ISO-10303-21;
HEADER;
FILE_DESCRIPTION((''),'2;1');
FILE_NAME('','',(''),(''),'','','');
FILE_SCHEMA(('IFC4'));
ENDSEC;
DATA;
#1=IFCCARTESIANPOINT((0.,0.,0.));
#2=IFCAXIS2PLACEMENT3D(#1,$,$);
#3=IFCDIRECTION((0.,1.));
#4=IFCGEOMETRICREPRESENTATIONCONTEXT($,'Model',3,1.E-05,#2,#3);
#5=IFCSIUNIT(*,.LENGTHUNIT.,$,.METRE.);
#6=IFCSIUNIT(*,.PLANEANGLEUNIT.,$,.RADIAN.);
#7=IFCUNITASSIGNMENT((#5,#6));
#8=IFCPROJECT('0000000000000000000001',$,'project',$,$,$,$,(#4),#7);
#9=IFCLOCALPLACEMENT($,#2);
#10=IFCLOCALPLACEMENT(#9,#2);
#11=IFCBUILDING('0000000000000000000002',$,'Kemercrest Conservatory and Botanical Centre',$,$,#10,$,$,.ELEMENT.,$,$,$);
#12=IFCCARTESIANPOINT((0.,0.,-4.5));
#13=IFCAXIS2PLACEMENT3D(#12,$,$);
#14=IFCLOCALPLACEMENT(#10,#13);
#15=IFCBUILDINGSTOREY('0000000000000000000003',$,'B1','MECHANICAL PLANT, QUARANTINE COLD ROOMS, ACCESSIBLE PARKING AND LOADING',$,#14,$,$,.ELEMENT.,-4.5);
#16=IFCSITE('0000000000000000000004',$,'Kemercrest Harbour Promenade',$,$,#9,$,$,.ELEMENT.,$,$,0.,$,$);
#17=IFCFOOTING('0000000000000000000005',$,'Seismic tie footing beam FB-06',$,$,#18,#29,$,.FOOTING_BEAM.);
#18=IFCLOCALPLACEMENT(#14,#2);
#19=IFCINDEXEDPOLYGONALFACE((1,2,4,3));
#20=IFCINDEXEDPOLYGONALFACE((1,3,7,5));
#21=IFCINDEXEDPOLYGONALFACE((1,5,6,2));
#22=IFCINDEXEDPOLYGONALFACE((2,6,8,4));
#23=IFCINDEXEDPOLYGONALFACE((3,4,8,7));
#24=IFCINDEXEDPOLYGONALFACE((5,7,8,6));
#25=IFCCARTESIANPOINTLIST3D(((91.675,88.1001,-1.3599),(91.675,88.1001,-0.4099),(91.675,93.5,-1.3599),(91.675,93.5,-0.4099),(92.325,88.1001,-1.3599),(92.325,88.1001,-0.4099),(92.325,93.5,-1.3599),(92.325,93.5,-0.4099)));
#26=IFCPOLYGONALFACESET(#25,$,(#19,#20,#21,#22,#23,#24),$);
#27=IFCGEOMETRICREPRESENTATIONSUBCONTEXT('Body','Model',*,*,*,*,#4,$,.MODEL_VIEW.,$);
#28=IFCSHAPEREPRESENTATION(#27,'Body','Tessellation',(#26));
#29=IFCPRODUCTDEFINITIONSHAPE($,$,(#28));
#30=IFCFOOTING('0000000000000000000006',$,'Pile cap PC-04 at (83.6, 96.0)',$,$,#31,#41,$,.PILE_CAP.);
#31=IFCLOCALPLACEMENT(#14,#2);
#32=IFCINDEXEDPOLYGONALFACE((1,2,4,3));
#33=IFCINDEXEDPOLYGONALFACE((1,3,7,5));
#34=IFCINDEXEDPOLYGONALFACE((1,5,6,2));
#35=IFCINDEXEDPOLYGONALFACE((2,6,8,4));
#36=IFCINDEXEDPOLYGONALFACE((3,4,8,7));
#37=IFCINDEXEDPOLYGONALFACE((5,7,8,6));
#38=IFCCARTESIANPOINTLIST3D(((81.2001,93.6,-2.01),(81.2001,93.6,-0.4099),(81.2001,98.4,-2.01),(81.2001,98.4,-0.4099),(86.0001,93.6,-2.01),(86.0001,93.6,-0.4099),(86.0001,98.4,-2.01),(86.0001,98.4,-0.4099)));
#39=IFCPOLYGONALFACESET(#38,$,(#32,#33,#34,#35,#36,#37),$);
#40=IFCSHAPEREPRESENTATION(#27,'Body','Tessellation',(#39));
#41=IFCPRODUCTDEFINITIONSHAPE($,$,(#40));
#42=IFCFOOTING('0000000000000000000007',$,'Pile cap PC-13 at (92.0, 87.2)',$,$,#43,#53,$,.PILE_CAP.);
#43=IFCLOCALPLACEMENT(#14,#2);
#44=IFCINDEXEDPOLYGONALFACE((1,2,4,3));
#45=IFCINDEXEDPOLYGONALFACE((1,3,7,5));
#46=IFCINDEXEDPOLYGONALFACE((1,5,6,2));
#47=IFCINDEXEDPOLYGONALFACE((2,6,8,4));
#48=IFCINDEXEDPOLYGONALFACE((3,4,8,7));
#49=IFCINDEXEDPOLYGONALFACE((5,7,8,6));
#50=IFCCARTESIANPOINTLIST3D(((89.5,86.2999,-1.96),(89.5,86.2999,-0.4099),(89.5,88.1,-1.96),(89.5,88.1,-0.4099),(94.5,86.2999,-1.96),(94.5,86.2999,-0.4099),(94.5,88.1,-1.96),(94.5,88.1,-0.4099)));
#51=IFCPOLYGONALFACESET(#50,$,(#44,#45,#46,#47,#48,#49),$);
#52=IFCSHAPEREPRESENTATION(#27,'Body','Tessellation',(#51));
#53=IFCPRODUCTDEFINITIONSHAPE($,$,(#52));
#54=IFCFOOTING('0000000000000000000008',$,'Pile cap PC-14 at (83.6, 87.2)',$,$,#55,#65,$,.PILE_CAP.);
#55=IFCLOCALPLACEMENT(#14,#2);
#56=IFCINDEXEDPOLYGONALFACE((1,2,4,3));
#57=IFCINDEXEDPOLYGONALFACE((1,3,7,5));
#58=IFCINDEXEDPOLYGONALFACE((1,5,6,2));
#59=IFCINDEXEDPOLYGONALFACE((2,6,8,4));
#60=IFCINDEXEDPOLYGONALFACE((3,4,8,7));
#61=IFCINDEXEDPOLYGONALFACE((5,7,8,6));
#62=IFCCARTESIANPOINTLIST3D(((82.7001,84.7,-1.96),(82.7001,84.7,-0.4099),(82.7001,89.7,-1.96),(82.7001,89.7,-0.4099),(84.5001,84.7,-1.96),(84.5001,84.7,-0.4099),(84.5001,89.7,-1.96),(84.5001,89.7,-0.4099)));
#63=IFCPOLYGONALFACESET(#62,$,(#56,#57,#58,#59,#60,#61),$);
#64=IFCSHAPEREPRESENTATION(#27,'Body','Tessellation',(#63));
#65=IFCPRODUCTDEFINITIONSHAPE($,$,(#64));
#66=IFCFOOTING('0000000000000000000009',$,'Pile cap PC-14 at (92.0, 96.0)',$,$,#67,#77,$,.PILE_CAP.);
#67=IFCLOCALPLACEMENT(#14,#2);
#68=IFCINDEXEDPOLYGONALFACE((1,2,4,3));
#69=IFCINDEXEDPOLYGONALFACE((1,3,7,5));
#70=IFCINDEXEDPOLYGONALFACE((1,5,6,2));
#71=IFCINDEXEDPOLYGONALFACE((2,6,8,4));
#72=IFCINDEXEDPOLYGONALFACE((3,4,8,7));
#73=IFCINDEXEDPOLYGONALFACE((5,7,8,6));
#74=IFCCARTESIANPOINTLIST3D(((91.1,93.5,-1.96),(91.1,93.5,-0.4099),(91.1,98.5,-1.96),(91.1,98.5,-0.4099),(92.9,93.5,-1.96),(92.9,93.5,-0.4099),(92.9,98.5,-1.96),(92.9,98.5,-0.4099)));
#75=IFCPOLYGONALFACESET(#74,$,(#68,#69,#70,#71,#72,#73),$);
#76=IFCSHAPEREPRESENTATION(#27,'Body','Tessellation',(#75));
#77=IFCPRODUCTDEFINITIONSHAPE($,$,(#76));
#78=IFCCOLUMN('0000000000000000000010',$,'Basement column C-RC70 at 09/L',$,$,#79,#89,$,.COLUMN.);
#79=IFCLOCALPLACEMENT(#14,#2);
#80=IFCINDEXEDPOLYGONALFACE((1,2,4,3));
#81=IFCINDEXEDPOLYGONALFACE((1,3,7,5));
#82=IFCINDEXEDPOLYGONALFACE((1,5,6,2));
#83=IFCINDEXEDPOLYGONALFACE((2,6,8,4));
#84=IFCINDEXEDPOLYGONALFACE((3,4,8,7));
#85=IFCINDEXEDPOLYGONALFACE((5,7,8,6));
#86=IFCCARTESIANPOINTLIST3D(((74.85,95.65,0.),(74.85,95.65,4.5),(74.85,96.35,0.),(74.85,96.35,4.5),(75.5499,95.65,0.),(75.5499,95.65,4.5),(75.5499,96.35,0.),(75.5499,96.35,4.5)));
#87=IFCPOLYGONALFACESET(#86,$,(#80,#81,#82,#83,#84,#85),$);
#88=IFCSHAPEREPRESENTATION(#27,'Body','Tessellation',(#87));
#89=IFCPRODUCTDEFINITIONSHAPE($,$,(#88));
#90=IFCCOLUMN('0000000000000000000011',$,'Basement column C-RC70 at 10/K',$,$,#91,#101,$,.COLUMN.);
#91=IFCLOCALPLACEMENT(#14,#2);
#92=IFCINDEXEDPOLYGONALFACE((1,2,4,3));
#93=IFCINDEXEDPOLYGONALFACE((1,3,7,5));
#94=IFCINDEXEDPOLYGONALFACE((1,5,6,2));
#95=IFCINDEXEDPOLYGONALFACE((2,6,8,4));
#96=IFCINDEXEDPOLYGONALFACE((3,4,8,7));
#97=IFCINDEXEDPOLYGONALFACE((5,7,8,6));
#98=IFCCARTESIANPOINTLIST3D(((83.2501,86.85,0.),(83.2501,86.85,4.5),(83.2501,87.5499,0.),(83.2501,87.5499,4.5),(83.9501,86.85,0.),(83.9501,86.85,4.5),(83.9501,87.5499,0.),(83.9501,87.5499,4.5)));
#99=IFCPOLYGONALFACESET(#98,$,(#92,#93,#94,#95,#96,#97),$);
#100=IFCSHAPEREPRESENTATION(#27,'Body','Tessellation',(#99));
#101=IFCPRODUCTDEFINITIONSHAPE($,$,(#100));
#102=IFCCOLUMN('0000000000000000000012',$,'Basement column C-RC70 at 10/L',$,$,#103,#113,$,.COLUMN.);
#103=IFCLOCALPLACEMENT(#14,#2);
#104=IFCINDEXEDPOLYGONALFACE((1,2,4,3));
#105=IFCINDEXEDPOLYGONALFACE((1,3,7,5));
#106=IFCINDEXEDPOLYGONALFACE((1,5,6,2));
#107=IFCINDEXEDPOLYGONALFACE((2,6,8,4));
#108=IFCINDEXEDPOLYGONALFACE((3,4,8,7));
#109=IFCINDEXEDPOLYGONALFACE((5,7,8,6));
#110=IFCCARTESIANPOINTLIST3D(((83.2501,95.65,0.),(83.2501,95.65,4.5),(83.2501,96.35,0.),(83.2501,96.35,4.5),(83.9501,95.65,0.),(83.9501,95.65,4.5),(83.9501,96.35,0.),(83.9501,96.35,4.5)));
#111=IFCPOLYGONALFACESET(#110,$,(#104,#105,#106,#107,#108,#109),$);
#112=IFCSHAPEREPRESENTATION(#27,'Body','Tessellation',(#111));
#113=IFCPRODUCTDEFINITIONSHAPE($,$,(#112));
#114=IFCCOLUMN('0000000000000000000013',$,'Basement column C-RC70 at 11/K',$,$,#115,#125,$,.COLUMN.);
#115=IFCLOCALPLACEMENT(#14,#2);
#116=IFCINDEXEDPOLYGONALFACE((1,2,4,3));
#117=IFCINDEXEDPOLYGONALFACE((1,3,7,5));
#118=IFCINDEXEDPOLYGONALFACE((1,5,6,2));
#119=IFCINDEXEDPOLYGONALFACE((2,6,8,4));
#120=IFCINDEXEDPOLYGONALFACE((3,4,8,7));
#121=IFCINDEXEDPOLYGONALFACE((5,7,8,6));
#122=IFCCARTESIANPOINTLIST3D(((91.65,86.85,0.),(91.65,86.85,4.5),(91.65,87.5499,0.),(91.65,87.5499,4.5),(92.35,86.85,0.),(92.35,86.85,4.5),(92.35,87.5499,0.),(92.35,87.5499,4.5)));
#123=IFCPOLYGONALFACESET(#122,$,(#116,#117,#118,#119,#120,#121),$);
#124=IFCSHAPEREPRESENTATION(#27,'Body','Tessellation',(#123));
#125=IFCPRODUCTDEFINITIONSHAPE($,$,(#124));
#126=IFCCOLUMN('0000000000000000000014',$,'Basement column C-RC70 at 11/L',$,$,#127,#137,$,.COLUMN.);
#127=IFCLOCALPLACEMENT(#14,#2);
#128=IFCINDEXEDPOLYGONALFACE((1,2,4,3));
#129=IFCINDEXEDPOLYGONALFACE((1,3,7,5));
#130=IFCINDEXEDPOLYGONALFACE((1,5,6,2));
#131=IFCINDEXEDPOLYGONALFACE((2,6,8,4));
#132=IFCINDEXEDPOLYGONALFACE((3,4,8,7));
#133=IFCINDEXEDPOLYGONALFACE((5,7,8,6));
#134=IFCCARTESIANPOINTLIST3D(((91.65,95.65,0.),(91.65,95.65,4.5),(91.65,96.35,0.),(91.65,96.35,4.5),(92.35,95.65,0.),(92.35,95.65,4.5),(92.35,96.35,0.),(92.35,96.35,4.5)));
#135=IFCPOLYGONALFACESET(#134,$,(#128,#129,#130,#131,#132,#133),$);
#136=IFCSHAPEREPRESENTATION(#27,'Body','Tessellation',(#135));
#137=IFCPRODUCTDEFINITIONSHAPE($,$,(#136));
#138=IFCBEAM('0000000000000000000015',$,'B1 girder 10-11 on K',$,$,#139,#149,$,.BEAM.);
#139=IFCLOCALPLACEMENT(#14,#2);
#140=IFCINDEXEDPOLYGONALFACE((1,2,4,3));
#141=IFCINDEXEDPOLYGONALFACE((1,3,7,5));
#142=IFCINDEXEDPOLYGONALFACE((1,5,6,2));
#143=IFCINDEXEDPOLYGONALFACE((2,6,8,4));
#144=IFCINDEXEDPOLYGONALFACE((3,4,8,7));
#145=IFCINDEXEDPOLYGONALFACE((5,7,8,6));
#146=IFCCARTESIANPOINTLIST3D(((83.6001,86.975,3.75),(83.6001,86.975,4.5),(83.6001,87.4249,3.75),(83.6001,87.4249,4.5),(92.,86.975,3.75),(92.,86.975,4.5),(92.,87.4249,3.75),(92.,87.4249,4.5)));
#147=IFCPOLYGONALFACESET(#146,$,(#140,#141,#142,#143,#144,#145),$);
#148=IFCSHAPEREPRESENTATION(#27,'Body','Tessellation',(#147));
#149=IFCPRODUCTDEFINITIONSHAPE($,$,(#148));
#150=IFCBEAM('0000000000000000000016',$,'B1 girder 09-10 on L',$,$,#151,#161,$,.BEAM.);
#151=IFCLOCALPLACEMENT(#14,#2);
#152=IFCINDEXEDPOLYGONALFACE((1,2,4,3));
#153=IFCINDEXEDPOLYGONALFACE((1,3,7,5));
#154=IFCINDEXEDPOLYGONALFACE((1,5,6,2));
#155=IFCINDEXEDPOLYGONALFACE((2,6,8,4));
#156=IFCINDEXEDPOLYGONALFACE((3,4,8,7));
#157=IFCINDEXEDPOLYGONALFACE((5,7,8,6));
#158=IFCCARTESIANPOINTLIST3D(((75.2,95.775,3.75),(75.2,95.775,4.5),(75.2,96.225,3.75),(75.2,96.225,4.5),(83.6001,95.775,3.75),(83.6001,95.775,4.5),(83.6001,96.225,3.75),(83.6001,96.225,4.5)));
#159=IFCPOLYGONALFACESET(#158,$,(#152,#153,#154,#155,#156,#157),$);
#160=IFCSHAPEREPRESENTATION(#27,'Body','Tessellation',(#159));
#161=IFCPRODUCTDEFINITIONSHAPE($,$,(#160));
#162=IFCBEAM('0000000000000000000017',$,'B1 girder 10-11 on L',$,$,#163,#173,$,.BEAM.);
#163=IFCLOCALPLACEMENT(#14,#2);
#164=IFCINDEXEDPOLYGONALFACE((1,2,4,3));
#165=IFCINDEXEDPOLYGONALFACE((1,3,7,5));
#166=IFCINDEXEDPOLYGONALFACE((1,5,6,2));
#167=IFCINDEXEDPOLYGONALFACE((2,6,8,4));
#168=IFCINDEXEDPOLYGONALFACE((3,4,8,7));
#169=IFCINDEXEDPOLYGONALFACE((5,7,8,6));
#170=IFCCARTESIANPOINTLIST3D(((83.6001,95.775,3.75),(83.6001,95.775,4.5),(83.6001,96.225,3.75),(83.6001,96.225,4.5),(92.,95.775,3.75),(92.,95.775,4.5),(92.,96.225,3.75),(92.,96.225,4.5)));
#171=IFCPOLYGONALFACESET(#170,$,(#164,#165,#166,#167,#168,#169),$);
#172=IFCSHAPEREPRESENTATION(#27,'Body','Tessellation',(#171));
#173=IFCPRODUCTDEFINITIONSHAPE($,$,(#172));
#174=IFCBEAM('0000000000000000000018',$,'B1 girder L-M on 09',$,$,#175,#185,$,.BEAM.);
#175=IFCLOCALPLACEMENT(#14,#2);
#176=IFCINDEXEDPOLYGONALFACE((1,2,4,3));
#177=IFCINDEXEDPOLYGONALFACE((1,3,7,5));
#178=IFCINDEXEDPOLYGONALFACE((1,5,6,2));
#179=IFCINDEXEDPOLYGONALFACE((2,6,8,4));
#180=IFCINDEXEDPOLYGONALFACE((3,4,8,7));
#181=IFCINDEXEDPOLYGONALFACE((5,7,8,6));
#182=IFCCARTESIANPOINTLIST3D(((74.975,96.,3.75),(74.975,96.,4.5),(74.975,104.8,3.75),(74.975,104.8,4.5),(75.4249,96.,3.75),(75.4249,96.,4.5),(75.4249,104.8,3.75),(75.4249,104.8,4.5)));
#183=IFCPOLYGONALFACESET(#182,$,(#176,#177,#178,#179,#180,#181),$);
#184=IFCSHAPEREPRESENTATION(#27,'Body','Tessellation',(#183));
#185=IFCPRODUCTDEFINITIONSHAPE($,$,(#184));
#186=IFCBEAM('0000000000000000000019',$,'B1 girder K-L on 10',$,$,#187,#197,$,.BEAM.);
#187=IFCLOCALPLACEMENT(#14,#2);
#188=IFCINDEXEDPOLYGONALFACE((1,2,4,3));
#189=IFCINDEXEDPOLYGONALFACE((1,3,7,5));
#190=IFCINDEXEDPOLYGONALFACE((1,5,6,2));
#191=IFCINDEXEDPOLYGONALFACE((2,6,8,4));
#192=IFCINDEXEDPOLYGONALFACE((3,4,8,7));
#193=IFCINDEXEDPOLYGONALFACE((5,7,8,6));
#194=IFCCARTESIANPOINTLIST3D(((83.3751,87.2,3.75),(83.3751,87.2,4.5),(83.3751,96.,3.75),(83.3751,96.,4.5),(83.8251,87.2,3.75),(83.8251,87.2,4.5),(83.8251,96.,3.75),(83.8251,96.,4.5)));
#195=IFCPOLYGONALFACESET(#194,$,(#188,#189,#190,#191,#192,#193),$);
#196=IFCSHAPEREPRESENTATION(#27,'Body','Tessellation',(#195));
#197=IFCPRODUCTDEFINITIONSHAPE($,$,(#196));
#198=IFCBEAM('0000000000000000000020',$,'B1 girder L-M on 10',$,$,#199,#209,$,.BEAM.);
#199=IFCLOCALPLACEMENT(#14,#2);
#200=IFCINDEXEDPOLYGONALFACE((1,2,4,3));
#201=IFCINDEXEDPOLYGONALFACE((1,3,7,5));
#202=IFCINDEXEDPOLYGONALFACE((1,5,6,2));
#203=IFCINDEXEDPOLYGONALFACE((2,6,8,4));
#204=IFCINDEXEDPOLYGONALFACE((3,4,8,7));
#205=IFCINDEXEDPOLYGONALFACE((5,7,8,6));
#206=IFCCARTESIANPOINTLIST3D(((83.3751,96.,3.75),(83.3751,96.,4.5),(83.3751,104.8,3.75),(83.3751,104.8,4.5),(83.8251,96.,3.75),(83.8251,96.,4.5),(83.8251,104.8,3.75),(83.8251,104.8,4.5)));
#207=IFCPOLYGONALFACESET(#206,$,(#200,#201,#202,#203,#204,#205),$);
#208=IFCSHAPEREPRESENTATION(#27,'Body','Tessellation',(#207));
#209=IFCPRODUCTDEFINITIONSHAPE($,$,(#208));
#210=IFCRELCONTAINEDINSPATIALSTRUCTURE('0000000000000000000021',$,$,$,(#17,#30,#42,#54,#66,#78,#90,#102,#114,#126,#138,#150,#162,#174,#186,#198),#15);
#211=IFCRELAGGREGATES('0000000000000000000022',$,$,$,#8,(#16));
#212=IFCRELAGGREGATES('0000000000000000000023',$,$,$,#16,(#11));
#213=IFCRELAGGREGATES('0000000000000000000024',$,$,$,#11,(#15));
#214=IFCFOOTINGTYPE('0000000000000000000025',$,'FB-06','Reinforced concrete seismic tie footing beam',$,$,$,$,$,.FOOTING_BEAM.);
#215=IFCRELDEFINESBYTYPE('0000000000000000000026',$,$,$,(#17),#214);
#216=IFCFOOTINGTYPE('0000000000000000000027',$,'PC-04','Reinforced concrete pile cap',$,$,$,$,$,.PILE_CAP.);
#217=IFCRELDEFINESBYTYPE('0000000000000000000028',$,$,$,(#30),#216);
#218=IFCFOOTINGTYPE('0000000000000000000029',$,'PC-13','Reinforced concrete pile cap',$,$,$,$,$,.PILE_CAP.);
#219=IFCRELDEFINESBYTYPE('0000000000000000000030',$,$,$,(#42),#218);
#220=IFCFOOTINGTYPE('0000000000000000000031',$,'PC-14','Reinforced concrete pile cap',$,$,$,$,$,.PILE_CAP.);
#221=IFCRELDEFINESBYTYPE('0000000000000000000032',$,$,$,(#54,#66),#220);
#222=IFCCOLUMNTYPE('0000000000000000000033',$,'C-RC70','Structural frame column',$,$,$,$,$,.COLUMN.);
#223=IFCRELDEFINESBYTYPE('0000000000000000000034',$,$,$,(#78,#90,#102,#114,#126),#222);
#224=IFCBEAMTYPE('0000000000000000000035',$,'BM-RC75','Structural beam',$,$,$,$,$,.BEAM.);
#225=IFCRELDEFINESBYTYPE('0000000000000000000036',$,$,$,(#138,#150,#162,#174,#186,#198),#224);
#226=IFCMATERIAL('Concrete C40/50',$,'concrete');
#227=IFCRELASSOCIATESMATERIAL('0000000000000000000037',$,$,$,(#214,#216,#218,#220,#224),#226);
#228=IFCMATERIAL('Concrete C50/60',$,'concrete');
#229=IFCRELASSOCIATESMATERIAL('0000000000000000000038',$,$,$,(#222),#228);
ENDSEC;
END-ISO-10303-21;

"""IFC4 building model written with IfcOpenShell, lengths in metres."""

from ifc_helpers import new_model, si_unit, direction, frame, origin, origin_2d, place, context, subcontext, project, spatial, rectangle, extrude, material, material_profile, profile_set, type_object, element, save


model = new_model("IFC4")

# Units and contexts
model_context = context("Model", 3, precision=1e-05, world=origin(), true_north=direction((0.0, 1.0)))
body_context = subcontext(model_context, "Body", "Model", "MODEL_VIEW")
ifc_project = project(units=[si_unit("LENGTHUNIT", "METRE"), si_unit("PLANEANGLEUNIT", "RADIAN")], contexts=[model_context])

# Site, building, storey
site_placement = place(None, origin())
site = spatial("IfcSite", under=ifc_project, at=site_placement, Name="Kemercrest Harbour Promenade", CompositionType="ELEMENT", RefElevation=0.0)
building_placement = place(site_placement, origin())
building = spatial("IfcBuilding", under=site, at=building_placement, Name="Kemercrest Conservatory and Botanical Centre", CompositionType="ELEMENT")
storey_placement = place(building_placement, frame((0.0, 0.0, -4.5)))
storey = spatial("IfcBuildingStorey", under=building, at=storey_placement, Name="B1", Description="MECHANICAL PLANT, QUARANTINE COLD ROOMS, ACCESSIBLE PARKING AND LOADING", CompositionType="ELEMENT", Elevation=-4.5)

# Shared definitions
ifc_material_1 = material(Name="Concrete C40/50", Category="concrete")

# Footings
footing_type_1 = type_object("IfcFootingType", Name="FB-06", Description="Reinforced concrete seismic tie footing beam", PredefinedType="FOOTING_BEAM", material=ifc_material_1)
footing_1_placement = place(storey_placement, frame((92.0, 90.8, -1.3599), z_axis=(0.0, 0.0, 1.0), x_axis=(1.0, 0.0, 0.0)))
element("IfcFooting", 1, at=footing_1_placement, inside=storey, type_object=footing_type_1, Name="Seismic tie footing beam FB-06", PredefinedType="FOOTING_BEAM", context=body_context, shape_type="SweptSolid", body=[
    extrude(rectangle(XDim=0.6499, YDim=5.3999, at=origin_2d()), origin(), (0.0, 0.0, 1.0), 0.95),
])
footing_type_2 = type_object("IfcFootingType", Name="PC-04", Description="Reinforced concrete pile cap", PredefinedType="PILE_CAP", material=ifc_material_1)
footing_2_placement = place(storey_placement, frame((83.6001, 96.0, -2.01), z_axis=(0.0, 0.0, 1.0), x_axis=(1.0, 0.0, 0.0)))
element("IfcFooting", 2, at=footing_2_placement, inside=storey, type_object=footing_type_2, Name="Pile cap PC-04 at (83.6, 96.0)", PredefinedType="PILE_CAP", context=body_context, shape_type="SweptSolid", body=[
    extrude(rectangle(XDim=4.8, YDim=4.8, at=origin_2d()), origin(), (0.0, 0.0, 1.0), 1.6001),
])
footing_type_3 = type_object("IfcFootingType", Name="PC-13", Description="Reinforced concrete pile cap", PredefinedType="PILE_CAP", material=ifc_material_1)
footing_3_placement = place(storey_placement, frame((92.0, 87.2, -1.96), z_axis=(0.0, 0.0, 1.0), x_axis=(1.0, 0.0, 0.0)))
element("IfcFooting", 3, at=footing_3_placement, inside=storey, type_object=footing_type_3, Name="Pile cap PC-13 at (92.0, 87.2)", PredefinedType="PILE_CAP", context=body_context, shape_type="SweptSolid", body=[
    extrude(rectangle(XDim=5.0, YDim=1.8, at=origin_2d()), origin(), (0.0, 0.0, 1.0), 1.55),
])
footing_type_4 = type_object("IfcFootingType", Name="PC-14", Description="Reinforced concrete pile cap", PredefinedType="PILE_CAP", material=ifc_material_1)
for number, where, z_axis, x_axis, name in (
    (4, (83.6001, 87.2, -1.96), (0.0, 0.0, 1.0), (1.0, 0.0, 0.0), "Pile cap PC-14 at (83.6, 87.2)"),
    (5, (92.0, 96.0, -1.96), (0.0, 0.0, 1.0), (1.0, 0.0, 0.0), "Pile cap PC-14 at (92.0, 96.0)"),
):
    element("IfcFooting", number, at=place(storey_placement, frame(where, z_axis=z_axis, x_axis=x_axis)), inside=storey, type_object=footing_type_4, Name=name, PredefinedType="PILE_CAP", context=body_context, shape_type="SweptSolid", body=[
        extrude(rectangle(XDim=1.8, YDim=5.0, at=origin_2d()), origin(), (0.0, 0.0, 1.0), 1.55),
    ])

# Columns
ifc_material_2 = material(Name="Concrete C50/60", Category="concrete")
ifc_material_profile_1 = material_profile(ifc_material_2, rectangle(XDim=0.7, YDim=0.7, at=origin_2d()), Name="RC 700x700")
ifc_profile_set_1 = profile_set([ifc_material_profile_1], Name="Concrete C50/60")
column_type = type_object("IfcColumnType", Name="C-RC70", Description="Structural frame column", PredefinedType="COLUMN", material=ifc_profile_set_1)
for number, where, z_axis, x_axis, name in (
    (6, (75.2, 96.0, 0.0), (0.0, 0.0, 1.0), (1.0, 0.0, 0.0), "Basement column C-RC70 at 09/L"),
    (7, (83.6001, 87.2, 0.0), (0.0, 0.0, 1.0), (1.0, 0.0, 0.0), "Basement column C-RC70 at 10/K"),
    (8, (83.6001, 96.0, 0.0), (0.0, 0.0, 1.0), (1.0, 0.0, 0.0), "Basement column C-RC70 at 10/L"),
    (9, (92.0, 87.2, 0.0), (0.0, 0.0, 1.0), (1.0, 0.0, 0.0), "Basement column C-RC70 at 11/K"),
    (10, (92.0, 96.0, 0.0), (0.0, 0.0, 1.0), (1.0, 0.0, 0.0), "Basement column C-RC70 at 11/L"),
):
    element("IfcColumn", number, at=place(storey_placement, frame(where, z_axis=z_axis, x_axis=x_axis)), inside=storey, type_object=column_type, Name=name, PredefinedType="COLUMN", context=body_context, shape_type="SweptSolid", body=[
        extrude(rectangle(XDim=0.7, YDim=0.7, at=origin_2d()), origin(), (0.0, 0.0, 1.0), 4.5),
    ])

# Beams
ifc_material_profile_2 = material_profile(ifc_material_1, rectangle(XDim=0.45, YDim=0.75, at=origin_2d()), Name="RC 450x750")
ifc_profile_set_2 = profile_set([ifc_material_profile_2], Name="Concrete C40/50")
beam_type = type_object("IfcBeamType", Name="BM-RC75", Description="Structural beam", PredefinedType="BEAM", material=ifc_profile_set_2)
beam_1_placement = place(storey_placement, frame((83.6001, 87.2, 4.125), z_axis=(1.0, 0.0, 0.0), x_axis=(0.0, 1.0, 0.0)))
element("IfcBeam", 11, at=beam_1_placement, inside=storey, type_object=beam_type, Name="B1 girder 10-11 on K", PredefinedType="BEAM", context=body_context, shape_type="SweptSolid", body=[
    extrude(rectangle(XDim=0.45, YDim=0.75, at=origin_2d()), origin(), (0.0, 0.0, 1.0), 8.3999),
])
beam_2_placement = place(storey_placement, frame((75.2, 96.0, 4.125), z_axis=(1.0, 0.0, 0.0), x_axis=(0.0, 1.0, 0.0)))
element("IfcBeam", 12, at=beam_2_placement, inside=storey, type_object=beam_type, Name="B1 girder 09-10 on L", PredefinedType="BEAM", context=body_context, shape_type="SweptSolid", body=[
    extrude(rectangle(XDim=0.45, YDim=0.75, at=origin_2d()), origin(), (0.0, 0.0, 1.0), 8.4001),
])
beam_3_placement = place(storey_placement, frame((83.6001, 96.0, 4.125), z_axis=(1.0, 0.0, 0.0), x_axis=(0.0, 1.0, 0.0)))
element("IfcBeam", 13, at=beam_3_placement, inside=storey, type_object=beam_type, Name="B1 girder 10-11 on L", PredefinedType="BEAM", context=body_context, shape_type="SweptSolid", body=[
    extrude(rectangle(XDim=0.45, YDim=0.75, at=origin_2d()), origin(), (0.0, 0.0, 1.0), 8.3999),
])
for number, where, z_axis, x_axis, name in (
    (14, (75.2, 96.0, 4.125), (0.0, 1.0, 0.0), (-1.0, 0.0, 0.0), "B1 girder L-M on 09"),
    (15, (83.6001, 87.2, 4.125), (0.0, 1.0, 0.0), (-1.0, 0.0, 0.0), "B1 girder K-L on 10"),
    (16, (83.6001, 96.0, 4.125), (0.0, 1.0, 0.0), (-1.0, 0.0, 0.0), "B1 girder L-M on 10"),
):
    element("IfcBeam", number, at=place(storey_placement, frame(where, z_axis=z_axis, x_axis=x_axis)), inside=storey, type_object=beam_type, Name=name, PredefinedType="BEAM", context=body_context, shape_type="SweptSolid", body=[
        extrude(rectangle(XDim=0.45, YDim=0.75, at=origin_2d()), origin(), (0.0, 0.0, 1.0), 8.8),
    ])

save(model, "model.ifc")
